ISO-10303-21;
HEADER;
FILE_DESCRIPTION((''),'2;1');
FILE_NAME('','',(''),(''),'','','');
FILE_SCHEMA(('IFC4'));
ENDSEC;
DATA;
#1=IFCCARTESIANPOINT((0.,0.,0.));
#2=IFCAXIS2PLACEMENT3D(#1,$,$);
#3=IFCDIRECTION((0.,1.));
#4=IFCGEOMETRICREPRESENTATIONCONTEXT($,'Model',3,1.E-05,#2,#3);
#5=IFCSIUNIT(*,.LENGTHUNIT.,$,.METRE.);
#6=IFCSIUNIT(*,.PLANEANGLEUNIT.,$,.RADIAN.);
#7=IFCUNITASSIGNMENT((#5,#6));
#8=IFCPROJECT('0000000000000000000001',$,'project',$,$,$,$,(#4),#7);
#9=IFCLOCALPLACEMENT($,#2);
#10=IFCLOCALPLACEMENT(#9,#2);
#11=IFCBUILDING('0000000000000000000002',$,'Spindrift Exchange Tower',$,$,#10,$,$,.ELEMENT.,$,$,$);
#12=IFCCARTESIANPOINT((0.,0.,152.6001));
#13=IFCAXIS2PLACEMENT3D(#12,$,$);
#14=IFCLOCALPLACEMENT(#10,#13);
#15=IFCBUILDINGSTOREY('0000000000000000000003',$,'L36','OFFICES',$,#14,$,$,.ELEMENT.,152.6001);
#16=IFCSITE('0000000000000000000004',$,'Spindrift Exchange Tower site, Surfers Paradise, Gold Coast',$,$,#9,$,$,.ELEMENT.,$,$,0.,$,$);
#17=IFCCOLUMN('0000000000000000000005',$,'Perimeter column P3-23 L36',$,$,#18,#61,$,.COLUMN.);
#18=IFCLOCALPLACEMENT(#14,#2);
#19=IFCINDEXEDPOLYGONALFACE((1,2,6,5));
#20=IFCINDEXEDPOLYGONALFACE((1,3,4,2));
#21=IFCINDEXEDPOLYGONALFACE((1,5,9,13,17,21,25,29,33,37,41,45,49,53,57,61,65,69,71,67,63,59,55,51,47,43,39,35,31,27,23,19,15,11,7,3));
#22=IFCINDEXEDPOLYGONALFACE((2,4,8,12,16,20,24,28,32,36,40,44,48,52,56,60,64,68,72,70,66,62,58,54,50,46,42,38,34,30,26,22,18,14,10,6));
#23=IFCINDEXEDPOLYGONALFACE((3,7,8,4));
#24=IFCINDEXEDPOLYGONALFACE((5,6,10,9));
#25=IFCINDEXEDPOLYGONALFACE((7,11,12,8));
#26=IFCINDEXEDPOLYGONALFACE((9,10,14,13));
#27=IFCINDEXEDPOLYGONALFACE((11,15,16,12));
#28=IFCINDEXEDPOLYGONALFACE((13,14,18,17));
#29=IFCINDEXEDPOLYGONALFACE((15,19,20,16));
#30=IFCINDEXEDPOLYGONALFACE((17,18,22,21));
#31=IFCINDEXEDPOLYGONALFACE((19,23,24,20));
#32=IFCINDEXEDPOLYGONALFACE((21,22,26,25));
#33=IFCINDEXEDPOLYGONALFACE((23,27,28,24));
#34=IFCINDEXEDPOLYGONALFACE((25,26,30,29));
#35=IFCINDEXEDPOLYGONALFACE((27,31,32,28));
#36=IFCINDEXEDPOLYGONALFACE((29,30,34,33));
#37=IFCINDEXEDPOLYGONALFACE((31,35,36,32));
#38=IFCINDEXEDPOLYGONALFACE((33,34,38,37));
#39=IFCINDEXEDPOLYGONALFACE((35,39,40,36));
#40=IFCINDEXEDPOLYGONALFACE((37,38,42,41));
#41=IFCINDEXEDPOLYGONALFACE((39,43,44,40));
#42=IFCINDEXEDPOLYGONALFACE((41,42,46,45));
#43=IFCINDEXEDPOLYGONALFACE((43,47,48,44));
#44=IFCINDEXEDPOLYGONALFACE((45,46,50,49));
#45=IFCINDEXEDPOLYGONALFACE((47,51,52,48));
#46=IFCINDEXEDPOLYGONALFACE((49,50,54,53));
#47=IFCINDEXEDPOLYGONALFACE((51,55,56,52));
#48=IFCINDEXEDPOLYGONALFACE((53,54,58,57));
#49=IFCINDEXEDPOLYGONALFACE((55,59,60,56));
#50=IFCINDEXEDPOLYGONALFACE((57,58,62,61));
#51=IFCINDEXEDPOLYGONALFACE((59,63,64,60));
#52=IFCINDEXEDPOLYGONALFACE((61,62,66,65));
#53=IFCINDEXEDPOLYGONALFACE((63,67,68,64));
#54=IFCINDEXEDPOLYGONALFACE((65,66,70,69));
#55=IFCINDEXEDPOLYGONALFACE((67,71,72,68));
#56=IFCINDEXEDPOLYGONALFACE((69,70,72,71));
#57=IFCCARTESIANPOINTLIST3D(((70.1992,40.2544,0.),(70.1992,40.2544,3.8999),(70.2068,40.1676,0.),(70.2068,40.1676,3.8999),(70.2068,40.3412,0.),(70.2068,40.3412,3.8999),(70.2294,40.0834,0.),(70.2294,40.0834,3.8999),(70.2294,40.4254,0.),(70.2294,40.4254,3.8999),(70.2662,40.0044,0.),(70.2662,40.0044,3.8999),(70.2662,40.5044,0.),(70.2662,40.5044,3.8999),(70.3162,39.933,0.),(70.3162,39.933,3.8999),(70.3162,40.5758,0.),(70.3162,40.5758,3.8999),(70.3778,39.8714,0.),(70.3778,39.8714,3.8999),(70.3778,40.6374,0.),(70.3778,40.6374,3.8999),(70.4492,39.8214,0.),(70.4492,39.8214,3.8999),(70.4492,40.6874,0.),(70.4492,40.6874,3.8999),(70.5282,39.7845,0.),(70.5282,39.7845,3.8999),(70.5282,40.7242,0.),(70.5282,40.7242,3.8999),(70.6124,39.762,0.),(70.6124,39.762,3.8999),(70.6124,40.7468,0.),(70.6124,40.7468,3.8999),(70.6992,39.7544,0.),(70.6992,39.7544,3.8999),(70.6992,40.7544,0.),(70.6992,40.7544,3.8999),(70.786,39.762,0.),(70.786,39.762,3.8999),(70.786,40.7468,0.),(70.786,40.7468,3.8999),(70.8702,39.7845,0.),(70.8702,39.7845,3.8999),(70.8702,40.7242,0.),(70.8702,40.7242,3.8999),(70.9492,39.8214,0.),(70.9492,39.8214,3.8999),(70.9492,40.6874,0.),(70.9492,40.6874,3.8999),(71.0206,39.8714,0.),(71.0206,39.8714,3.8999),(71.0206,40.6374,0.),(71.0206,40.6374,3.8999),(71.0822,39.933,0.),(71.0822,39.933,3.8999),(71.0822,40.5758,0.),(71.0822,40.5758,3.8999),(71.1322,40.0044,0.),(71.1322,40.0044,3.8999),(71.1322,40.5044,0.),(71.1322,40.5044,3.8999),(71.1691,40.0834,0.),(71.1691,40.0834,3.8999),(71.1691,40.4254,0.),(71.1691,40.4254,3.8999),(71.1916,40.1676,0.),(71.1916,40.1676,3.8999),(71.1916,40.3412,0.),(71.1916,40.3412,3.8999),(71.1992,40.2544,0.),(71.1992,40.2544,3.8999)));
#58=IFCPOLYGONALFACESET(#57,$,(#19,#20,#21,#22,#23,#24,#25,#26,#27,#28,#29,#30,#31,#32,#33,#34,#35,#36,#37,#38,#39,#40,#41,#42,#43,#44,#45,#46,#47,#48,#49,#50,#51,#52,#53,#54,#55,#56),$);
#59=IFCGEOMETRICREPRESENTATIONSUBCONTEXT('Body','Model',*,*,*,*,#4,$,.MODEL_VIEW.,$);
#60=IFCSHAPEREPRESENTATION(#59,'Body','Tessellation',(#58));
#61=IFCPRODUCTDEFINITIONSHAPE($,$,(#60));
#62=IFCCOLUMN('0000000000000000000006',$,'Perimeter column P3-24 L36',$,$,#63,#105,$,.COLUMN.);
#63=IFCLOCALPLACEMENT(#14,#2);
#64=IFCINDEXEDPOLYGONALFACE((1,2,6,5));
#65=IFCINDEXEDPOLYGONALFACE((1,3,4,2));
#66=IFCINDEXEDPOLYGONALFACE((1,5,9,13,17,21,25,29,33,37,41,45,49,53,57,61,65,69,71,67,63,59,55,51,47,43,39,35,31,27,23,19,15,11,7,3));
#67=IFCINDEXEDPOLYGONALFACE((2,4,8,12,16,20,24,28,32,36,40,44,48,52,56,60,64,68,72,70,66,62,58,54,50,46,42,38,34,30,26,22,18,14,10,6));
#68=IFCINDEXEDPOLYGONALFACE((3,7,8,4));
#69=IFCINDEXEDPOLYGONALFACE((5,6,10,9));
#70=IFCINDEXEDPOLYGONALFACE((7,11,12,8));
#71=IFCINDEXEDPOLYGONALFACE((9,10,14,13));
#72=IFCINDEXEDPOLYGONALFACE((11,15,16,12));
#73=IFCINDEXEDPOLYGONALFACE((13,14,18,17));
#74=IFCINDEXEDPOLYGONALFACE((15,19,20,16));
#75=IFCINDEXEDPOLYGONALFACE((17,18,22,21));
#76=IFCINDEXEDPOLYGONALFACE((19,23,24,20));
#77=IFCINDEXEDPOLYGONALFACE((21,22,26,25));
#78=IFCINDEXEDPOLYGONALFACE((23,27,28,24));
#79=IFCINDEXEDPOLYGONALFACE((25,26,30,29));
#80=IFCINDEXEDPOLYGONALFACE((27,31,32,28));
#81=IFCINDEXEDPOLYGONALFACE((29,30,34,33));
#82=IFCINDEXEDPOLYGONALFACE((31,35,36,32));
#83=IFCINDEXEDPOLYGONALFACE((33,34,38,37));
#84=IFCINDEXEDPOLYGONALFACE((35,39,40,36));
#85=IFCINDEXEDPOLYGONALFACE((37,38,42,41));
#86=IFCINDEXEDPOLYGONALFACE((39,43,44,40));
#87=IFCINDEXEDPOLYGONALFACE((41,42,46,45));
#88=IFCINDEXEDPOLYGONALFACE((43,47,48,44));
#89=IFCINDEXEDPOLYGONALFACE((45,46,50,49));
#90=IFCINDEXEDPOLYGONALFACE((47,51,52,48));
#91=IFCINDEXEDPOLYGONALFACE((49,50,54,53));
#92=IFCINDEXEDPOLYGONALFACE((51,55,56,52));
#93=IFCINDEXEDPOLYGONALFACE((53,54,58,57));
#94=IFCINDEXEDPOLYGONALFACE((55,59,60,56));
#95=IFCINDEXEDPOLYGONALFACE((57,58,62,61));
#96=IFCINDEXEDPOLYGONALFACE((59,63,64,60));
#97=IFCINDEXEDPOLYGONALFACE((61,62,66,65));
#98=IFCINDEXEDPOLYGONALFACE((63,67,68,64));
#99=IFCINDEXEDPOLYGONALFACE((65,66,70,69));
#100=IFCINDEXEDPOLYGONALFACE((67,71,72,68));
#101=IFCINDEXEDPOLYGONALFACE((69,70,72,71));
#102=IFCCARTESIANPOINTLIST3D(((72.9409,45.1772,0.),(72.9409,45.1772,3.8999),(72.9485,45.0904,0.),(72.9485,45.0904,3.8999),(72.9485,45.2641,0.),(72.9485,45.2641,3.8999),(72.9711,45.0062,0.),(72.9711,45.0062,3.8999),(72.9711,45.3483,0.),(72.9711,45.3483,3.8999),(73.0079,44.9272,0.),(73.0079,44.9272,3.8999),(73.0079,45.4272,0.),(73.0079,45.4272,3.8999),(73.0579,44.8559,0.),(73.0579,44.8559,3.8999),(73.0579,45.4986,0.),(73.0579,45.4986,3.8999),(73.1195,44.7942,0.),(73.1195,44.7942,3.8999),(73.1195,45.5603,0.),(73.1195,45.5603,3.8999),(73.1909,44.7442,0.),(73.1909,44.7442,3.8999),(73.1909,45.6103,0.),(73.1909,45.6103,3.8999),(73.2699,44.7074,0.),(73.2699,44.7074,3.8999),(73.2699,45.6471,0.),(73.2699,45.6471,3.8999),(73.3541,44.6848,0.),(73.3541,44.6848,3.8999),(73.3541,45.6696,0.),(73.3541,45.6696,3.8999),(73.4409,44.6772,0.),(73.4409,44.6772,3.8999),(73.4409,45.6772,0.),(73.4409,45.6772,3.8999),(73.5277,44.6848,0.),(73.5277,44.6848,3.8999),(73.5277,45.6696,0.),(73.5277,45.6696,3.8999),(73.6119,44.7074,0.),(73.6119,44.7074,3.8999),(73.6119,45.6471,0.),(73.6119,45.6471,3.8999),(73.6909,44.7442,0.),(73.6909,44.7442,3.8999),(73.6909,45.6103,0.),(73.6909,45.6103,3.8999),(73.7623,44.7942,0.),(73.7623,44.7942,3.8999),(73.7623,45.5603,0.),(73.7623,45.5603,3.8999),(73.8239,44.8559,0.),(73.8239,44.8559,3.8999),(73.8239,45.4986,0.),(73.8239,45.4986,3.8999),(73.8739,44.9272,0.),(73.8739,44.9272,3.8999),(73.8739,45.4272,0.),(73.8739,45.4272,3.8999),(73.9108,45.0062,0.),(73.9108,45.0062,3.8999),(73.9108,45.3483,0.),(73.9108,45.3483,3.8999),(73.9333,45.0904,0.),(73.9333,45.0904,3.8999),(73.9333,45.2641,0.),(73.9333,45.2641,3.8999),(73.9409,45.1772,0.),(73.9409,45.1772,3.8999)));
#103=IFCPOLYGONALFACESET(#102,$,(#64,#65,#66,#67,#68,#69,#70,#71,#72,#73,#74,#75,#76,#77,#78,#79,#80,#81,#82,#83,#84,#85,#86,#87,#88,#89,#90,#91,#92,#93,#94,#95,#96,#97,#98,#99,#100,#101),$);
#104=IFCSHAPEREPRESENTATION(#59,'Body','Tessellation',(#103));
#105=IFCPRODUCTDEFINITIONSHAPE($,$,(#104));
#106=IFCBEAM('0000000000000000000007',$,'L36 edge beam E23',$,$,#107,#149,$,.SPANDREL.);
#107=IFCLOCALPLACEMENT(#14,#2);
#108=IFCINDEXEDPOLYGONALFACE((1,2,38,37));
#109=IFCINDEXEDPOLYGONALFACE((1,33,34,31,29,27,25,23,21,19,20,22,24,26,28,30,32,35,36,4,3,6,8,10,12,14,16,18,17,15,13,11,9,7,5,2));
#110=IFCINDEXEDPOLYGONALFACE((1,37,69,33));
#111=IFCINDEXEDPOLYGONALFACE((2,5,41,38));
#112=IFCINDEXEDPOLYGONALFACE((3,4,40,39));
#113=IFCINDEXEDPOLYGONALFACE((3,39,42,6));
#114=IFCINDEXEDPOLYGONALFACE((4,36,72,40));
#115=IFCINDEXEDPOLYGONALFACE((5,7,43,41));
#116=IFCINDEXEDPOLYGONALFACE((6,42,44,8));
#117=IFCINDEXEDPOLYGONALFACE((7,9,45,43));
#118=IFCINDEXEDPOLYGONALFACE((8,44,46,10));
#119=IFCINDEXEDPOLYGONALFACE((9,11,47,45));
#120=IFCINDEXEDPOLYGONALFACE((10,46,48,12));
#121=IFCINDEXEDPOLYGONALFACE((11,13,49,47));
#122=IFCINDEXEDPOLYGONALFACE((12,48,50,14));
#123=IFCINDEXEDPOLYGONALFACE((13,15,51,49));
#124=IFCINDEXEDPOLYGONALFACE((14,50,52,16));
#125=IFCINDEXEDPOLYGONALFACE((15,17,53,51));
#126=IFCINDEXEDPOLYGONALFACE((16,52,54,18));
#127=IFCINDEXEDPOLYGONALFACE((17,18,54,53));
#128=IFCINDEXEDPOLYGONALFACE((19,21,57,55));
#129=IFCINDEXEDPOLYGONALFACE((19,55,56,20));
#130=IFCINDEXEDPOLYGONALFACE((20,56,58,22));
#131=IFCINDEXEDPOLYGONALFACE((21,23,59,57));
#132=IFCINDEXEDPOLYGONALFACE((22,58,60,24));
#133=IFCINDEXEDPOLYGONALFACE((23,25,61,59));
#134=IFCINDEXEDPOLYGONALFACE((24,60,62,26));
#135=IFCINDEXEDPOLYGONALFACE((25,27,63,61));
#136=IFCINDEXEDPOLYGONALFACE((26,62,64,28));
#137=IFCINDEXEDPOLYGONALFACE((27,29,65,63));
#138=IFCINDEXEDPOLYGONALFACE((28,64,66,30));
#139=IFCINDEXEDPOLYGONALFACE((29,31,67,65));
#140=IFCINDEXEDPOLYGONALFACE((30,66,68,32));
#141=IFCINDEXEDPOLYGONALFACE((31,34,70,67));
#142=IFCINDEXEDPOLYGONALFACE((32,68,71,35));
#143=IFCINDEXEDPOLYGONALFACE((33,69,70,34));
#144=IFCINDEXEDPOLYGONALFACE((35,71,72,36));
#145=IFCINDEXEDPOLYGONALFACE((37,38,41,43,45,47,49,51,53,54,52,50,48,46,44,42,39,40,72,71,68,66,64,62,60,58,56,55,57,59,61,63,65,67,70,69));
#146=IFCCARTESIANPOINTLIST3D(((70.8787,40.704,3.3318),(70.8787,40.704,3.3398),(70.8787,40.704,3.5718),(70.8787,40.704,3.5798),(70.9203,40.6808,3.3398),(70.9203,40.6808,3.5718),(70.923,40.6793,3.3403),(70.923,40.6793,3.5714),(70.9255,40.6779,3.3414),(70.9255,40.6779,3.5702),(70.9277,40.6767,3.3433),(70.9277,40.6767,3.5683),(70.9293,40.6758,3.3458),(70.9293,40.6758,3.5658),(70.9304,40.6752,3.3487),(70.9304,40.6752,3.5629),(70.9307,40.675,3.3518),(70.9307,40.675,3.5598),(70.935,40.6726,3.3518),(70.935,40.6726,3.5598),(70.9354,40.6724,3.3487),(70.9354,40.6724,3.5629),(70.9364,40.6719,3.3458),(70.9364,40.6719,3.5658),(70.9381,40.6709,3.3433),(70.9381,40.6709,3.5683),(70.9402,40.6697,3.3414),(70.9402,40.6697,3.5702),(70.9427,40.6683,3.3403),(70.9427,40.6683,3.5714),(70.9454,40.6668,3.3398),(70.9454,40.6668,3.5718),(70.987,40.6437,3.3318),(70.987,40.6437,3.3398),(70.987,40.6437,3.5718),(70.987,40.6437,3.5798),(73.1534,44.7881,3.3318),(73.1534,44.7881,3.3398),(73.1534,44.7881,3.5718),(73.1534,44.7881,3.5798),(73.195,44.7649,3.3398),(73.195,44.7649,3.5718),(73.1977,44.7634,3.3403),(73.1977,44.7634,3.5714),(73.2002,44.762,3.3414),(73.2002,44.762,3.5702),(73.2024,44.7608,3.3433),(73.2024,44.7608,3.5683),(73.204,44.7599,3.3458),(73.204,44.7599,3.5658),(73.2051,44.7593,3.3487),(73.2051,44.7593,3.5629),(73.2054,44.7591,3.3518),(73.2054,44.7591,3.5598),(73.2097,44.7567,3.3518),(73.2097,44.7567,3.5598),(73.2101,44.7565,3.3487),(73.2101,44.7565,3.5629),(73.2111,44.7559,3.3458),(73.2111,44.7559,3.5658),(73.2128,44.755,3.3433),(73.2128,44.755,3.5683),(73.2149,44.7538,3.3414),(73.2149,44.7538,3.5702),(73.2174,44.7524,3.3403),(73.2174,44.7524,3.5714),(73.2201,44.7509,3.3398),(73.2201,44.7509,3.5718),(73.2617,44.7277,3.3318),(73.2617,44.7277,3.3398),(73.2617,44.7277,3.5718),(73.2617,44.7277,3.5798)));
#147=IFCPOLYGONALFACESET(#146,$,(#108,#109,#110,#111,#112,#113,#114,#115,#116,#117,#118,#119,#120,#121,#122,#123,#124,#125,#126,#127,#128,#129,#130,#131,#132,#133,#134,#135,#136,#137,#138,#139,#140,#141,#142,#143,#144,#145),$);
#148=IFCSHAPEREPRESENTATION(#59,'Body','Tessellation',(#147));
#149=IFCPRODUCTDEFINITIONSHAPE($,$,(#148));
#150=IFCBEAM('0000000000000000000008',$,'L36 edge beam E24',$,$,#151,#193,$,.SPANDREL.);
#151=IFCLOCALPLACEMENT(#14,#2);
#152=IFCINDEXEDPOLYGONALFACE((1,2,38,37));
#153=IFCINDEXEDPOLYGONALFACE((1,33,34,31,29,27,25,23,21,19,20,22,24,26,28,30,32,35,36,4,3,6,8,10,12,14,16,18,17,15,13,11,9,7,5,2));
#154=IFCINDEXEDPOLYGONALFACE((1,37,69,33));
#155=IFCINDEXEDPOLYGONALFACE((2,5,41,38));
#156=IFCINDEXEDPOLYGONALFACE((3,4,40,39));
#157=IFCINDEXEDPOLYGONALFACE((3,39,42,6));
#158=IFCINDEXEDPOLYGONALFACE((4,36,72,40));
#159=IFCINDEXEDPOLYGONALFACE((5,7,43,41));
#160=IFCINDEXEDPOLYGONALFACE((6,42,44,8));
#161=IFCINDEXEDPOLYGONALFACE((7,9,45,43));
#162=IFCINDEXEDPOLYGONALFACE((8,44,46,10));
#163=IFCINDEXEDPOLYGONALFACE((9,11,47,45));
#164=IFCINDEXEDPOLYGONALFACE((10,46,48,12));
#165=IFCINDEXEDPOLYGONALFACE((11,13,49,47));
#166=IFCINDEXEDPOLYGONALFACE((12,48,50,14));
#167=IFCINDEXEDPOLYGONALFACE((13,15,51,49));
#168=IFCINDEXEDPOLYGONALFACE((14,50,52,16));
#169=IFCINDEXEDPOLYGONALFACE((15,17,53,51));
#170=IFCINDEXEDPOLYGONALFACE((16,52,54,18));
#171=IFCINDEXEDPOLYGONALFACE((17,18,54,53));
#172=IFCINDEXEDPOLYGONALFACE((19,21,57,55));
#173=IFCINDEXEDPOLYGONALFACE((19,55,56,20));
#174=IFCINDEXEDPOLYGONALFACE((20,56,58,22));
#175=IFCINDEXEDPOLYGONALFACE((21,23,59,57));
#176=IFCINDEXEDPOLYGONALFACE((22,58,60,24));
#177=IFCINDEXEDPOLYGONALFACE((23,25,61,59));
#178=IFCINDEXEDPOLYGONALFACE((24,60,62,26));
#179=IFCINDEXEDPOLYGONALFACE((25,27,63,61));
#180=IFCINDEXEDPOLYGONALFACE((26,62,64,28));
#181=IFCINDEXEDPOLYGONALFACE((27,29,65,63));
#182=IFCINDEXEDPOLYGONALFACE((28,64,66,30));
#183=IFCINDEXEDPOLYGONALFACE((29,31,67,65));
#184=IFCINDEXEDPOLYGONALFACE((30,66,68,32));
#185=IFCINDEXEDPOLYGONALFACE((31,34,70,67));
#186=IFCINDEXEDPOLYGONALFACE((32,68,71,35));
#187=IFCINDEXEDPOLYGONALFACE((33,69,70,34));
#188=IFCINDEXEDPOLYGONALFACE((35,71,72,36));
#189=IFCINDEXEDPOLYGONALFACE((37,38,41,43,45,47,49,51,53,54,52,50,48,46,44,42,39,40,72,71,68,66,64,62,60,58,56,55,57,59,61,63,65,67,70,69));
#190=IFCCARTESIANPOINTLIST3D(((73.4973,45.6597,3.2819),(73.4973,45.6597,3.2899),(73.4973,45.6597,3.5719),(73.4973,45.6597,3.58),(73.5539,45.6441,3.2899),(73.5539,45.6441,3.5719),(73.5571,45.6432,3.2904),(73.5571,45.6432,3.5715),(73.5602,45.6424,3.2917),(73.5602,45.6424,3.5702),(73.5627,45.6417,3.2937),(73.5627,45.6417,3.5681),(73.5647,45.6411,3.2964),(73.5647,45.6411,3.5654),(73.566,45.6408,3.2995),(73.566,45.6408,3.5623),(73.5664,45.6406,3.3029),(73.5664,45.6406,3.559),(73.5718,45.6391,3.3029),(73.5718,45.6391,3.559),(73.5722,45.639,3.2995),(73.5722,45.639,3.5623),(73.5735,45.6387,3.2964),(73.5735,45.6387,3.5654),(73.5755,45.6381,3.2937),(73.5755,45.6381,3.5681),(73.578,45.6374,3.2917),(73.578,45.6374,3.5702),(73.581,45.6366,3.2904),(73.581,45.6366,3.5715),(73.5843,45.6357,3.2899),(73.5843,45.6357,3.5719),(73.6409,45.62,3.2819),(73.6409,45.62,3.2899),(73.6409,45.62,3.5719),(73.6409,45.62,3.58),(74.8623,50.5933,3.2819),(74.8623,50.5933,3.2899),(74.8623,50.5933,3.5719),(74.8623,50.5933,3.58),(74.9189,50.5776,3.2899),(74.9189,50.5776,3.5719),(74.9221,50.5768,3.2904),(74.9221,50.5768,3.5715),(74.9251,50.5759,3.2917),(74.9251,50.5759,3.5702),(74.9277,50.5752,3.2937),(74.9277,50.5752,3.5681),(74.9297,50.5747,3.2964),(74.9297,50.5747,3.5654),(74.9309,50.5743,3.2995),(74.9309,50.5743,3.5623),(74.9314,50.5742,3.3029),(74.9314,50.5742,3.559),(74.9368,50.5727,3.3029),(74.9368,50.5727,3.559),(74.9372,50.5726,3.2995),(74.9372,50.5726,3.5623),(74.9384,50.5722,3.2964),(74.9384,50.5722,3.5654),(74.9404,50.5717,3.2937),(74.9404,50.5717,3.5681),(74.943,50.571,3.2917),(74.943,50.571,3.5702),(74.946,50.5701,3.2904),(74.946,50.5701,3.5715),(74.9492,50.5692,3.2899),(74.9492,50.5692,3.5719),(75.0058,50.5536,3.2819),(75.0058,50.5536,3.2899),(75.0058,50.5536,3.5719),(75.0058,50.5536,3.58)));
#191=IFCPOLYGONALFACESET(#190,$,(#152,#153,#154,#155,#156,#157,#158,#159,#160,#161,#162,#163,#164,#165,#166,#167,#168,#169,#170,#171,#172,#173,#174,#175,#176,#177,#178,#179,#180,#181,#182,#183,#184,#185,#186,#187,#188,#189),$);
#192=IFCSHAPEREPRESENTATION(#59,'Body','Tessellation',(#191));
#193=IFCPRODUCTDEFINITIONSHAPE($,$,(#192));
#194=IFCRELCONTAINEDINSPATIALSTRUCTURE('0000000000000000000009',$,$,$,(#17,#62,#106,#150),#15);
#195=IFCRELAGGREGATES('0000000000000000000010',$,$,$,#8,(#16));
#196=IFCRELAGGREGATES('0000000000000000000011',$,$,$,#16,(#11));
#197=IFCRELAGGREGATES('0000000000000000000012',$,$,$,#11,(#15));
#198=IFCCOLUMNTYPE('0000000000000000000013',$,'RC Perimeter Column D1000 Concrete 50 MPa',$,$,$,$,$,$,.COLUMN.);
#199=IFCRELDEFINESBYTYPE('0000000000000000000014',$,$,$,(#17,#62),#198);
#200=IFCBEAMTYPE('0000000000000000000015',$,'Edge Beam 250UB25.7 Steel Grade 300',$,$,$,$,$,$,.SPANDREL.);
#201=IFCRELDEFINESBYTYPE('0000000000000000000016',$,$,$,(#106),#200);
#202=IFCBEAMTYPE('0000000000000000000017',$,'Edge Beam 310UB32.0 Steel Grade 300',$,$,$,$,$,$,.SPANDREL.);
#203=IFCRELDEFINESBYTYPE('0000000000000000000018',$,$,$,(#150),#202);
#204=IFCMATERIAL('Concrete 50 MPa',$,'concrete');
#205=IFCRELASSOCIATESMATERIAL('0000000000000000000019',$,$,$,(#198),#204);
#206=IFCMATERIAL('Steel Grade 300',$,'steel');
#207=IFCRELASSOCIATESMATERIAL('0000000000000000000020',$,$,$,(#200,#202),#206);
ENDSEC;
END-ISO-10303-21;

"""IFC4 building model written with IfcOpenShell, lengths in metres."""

from ifc_helpers import new_model, si_unit, direction, frame, origin, origin_2d, place, context, subcontext, project, spatial, circle, i_section, extrude, source, transform, mapped, material, material_profile, profile_set, type_object, element, save


model = new_model("IFC4")

# Units and contexts
model_context = context("Model", 3, precision=1e-05, world=origin(), true_north=direction((0.0, 1.0)))
body_context = subcontext(model_context, "Body", "Model", "MODEL_VIEW")
ifc_project = project(units=[si_unit("LENGTHUNIT", "METRE"), si_unit("PLANEANGLEUNIT", "RADIAN")], contexts=[model_context])

# Site, building, storey
site_placement = place(None, origin())
site = spatial("IfcSite", under=ifc_project, at=site_placement, Name="Spindrift Exchange Tower site, Surfers Paradise, Gold Coast", CompositionType="ELEMENT", RefElevation=0.0)
building_placement = place(site_placement, origin())
building = spatial("IfcBuilding", under=site, at=building_placement, Name="Spindrift Exchange Tower", CompositionType="ELEMENT")
storey_placement = place(building_placement, frame((0.0, 0.0, 152.6001)))
storey = spatial("IfcBuildingStorey", under=building, at=storey_placement, Name="L36", Description="OFFICES", CompositionType="ELEMENT", Elevation=152.6001)

# Columns
ifc_material_1 = material(Name="Concrete 50 MPa", Category="concrete")
ifc_material_profile_1 = material_profile(ifc_material_1, circle(Radius=0.5, at=origin_2d()), Name="RC D1000")
ifc_profile_set_1 = profile_set([ifc_material_profile_1], Name="Concrete 50 MPa")
column_type = type_object("IfcColumnType", Name="RC Perimeter Column D1000 Concrete 50 MPa", PredefinedType="COLUMN", material=ifc_profile_set_1)
shared_shape_1 = source(origin(), body_context, "Body", "SweptSolid", [
    extrude(circle(Radius=0.5, at=origin_2d()), origin(), (0.0, 0.0, 1.0), 3.8999),
])
for number, where, z_axis, x_axis, name in (
    (1, (70.6992, 40.2544, 0.0), (0.0, 0.0, 1.0), (1.0, 0.0, 0.0), "Perimeter column P3-23 L36"),
    (2, (73.4409, 45.1772, 0.0), (0.0, 0.0, 1.0), (1.0, 0.0, 0.0), "Perimeter column P3-24 L36"),
):
    element("IfcColumn", number, at=place(storey_placement, frame(where, z_axis=z_axis, x_axis=x_axis)), inside=storey, type_object=column_type, Name=name, PredefinedType="COLUMN", context=body_context, shape_type="MappedRepresentation", body=[
        mapped(shared_shape_1, transform((0.0, 0.0, 0.0), scale=1.0)),
    ])

# Beams
ifc_material_2 = material(Name="Steel Grade 300", Category="steel")
ifc_material_profile_2 = material_profile(ifc_material_2, i_section(OverallWidth=0.124, OverallDepth=0.248, WebThickness=0.0049, FlangeThickness=0.0081, FilletRadius=0.012, at=origin_2d()), Name="250UB25.7")
ifc_profile_set_2 = profile_set([ifc_material_profile_2], Name="Steel Grade 300")
beam_type_1 = type_object("IfcBeamType", Name="Edge Beam 250UB25.7 Steel Grade 300", PredefinedType="SPANDREL", material=ifc_profile_set_2)
shared_shape_2 = source(origin(), body_context, "Body", "SweptSolid", [
    extrude(i_section(OverallWidth=0.124, OverallDepth=0.248, WebThickness=0.0049, FlangeThickness=0.0081, FilletRadius=0.012, at=origin_2d()), origin(), (0.0, 0.0, 1.0), 4.6748),
])
beam_1_placement = place(storey_placement, frame((70.9329, 40.6738, 3.4558), z_axis=(0.486587, 0.873632, 0.0), x_axis=(-0.873632, 0.486587, 0.0)))
element("IfcBeam", 3, at=beam_1_placement, inside=storey, type_object=beam_type_1, Name="L36 edge beam E23", PredefinedType="SPANDREL", context=body_context, shape_type="MappedRepresentation", body=[
    mapped(shared_shape_2, transform((0.0, 0.0, 0.0), scale=1.0)),
])
ifc_material_profile_3 = material_profile(ifc_material_2, i_section(OverallWidth=0.1489, OverallDepth=0.2981, WebThickness=0.0056, FlangeThickness=0.0081, FilletRadius=0.0129, at=origin_2d()), Name="310UB32.0")
ifc_profile_set_3 = profile_set([ifc_material_profile_3], Name="Steel Grade 300")
beam_type_2 = type_object("IfcBeamType", Name="Edge Beam 310UB32.0 Steel Grade 300", PredefinedType="SPANDREL", material=ifc_profile_set_3)
shared_shape_3 = source(origin(), body_context, "Body", "SweptSolid", [
    extrude(i_section(OverallWidth=0.1489, OverallDepth=0.2981, WebThickness=0.0056, FlangeThickness=0.0081, FilletRadius=0.0129, at=origin_2d()), origin(), (0.0, 0.0, 1.0), 5.1189),
])
beam_2_placement = place(storey_placement, frame((73.5691, 45.6399, 3.4309), z_axis=(0.266655, 0.963792, 0.0), x_axis=(-0.963792, 0.266655, 0.0)))
element("IfcBeam", 4, at=beam_2_placement, inside=storey, type_object=beam_type_2, Name="L36 edge beam E24", PredefinedType="SPANDREL", context=body_context, shape_type="MappedRepresentation", body=[
    mapped(shared_shape_3, transform((0.0, 0.0, 0.0), scale=1.0)),
])

save(model, "model.ifc")
